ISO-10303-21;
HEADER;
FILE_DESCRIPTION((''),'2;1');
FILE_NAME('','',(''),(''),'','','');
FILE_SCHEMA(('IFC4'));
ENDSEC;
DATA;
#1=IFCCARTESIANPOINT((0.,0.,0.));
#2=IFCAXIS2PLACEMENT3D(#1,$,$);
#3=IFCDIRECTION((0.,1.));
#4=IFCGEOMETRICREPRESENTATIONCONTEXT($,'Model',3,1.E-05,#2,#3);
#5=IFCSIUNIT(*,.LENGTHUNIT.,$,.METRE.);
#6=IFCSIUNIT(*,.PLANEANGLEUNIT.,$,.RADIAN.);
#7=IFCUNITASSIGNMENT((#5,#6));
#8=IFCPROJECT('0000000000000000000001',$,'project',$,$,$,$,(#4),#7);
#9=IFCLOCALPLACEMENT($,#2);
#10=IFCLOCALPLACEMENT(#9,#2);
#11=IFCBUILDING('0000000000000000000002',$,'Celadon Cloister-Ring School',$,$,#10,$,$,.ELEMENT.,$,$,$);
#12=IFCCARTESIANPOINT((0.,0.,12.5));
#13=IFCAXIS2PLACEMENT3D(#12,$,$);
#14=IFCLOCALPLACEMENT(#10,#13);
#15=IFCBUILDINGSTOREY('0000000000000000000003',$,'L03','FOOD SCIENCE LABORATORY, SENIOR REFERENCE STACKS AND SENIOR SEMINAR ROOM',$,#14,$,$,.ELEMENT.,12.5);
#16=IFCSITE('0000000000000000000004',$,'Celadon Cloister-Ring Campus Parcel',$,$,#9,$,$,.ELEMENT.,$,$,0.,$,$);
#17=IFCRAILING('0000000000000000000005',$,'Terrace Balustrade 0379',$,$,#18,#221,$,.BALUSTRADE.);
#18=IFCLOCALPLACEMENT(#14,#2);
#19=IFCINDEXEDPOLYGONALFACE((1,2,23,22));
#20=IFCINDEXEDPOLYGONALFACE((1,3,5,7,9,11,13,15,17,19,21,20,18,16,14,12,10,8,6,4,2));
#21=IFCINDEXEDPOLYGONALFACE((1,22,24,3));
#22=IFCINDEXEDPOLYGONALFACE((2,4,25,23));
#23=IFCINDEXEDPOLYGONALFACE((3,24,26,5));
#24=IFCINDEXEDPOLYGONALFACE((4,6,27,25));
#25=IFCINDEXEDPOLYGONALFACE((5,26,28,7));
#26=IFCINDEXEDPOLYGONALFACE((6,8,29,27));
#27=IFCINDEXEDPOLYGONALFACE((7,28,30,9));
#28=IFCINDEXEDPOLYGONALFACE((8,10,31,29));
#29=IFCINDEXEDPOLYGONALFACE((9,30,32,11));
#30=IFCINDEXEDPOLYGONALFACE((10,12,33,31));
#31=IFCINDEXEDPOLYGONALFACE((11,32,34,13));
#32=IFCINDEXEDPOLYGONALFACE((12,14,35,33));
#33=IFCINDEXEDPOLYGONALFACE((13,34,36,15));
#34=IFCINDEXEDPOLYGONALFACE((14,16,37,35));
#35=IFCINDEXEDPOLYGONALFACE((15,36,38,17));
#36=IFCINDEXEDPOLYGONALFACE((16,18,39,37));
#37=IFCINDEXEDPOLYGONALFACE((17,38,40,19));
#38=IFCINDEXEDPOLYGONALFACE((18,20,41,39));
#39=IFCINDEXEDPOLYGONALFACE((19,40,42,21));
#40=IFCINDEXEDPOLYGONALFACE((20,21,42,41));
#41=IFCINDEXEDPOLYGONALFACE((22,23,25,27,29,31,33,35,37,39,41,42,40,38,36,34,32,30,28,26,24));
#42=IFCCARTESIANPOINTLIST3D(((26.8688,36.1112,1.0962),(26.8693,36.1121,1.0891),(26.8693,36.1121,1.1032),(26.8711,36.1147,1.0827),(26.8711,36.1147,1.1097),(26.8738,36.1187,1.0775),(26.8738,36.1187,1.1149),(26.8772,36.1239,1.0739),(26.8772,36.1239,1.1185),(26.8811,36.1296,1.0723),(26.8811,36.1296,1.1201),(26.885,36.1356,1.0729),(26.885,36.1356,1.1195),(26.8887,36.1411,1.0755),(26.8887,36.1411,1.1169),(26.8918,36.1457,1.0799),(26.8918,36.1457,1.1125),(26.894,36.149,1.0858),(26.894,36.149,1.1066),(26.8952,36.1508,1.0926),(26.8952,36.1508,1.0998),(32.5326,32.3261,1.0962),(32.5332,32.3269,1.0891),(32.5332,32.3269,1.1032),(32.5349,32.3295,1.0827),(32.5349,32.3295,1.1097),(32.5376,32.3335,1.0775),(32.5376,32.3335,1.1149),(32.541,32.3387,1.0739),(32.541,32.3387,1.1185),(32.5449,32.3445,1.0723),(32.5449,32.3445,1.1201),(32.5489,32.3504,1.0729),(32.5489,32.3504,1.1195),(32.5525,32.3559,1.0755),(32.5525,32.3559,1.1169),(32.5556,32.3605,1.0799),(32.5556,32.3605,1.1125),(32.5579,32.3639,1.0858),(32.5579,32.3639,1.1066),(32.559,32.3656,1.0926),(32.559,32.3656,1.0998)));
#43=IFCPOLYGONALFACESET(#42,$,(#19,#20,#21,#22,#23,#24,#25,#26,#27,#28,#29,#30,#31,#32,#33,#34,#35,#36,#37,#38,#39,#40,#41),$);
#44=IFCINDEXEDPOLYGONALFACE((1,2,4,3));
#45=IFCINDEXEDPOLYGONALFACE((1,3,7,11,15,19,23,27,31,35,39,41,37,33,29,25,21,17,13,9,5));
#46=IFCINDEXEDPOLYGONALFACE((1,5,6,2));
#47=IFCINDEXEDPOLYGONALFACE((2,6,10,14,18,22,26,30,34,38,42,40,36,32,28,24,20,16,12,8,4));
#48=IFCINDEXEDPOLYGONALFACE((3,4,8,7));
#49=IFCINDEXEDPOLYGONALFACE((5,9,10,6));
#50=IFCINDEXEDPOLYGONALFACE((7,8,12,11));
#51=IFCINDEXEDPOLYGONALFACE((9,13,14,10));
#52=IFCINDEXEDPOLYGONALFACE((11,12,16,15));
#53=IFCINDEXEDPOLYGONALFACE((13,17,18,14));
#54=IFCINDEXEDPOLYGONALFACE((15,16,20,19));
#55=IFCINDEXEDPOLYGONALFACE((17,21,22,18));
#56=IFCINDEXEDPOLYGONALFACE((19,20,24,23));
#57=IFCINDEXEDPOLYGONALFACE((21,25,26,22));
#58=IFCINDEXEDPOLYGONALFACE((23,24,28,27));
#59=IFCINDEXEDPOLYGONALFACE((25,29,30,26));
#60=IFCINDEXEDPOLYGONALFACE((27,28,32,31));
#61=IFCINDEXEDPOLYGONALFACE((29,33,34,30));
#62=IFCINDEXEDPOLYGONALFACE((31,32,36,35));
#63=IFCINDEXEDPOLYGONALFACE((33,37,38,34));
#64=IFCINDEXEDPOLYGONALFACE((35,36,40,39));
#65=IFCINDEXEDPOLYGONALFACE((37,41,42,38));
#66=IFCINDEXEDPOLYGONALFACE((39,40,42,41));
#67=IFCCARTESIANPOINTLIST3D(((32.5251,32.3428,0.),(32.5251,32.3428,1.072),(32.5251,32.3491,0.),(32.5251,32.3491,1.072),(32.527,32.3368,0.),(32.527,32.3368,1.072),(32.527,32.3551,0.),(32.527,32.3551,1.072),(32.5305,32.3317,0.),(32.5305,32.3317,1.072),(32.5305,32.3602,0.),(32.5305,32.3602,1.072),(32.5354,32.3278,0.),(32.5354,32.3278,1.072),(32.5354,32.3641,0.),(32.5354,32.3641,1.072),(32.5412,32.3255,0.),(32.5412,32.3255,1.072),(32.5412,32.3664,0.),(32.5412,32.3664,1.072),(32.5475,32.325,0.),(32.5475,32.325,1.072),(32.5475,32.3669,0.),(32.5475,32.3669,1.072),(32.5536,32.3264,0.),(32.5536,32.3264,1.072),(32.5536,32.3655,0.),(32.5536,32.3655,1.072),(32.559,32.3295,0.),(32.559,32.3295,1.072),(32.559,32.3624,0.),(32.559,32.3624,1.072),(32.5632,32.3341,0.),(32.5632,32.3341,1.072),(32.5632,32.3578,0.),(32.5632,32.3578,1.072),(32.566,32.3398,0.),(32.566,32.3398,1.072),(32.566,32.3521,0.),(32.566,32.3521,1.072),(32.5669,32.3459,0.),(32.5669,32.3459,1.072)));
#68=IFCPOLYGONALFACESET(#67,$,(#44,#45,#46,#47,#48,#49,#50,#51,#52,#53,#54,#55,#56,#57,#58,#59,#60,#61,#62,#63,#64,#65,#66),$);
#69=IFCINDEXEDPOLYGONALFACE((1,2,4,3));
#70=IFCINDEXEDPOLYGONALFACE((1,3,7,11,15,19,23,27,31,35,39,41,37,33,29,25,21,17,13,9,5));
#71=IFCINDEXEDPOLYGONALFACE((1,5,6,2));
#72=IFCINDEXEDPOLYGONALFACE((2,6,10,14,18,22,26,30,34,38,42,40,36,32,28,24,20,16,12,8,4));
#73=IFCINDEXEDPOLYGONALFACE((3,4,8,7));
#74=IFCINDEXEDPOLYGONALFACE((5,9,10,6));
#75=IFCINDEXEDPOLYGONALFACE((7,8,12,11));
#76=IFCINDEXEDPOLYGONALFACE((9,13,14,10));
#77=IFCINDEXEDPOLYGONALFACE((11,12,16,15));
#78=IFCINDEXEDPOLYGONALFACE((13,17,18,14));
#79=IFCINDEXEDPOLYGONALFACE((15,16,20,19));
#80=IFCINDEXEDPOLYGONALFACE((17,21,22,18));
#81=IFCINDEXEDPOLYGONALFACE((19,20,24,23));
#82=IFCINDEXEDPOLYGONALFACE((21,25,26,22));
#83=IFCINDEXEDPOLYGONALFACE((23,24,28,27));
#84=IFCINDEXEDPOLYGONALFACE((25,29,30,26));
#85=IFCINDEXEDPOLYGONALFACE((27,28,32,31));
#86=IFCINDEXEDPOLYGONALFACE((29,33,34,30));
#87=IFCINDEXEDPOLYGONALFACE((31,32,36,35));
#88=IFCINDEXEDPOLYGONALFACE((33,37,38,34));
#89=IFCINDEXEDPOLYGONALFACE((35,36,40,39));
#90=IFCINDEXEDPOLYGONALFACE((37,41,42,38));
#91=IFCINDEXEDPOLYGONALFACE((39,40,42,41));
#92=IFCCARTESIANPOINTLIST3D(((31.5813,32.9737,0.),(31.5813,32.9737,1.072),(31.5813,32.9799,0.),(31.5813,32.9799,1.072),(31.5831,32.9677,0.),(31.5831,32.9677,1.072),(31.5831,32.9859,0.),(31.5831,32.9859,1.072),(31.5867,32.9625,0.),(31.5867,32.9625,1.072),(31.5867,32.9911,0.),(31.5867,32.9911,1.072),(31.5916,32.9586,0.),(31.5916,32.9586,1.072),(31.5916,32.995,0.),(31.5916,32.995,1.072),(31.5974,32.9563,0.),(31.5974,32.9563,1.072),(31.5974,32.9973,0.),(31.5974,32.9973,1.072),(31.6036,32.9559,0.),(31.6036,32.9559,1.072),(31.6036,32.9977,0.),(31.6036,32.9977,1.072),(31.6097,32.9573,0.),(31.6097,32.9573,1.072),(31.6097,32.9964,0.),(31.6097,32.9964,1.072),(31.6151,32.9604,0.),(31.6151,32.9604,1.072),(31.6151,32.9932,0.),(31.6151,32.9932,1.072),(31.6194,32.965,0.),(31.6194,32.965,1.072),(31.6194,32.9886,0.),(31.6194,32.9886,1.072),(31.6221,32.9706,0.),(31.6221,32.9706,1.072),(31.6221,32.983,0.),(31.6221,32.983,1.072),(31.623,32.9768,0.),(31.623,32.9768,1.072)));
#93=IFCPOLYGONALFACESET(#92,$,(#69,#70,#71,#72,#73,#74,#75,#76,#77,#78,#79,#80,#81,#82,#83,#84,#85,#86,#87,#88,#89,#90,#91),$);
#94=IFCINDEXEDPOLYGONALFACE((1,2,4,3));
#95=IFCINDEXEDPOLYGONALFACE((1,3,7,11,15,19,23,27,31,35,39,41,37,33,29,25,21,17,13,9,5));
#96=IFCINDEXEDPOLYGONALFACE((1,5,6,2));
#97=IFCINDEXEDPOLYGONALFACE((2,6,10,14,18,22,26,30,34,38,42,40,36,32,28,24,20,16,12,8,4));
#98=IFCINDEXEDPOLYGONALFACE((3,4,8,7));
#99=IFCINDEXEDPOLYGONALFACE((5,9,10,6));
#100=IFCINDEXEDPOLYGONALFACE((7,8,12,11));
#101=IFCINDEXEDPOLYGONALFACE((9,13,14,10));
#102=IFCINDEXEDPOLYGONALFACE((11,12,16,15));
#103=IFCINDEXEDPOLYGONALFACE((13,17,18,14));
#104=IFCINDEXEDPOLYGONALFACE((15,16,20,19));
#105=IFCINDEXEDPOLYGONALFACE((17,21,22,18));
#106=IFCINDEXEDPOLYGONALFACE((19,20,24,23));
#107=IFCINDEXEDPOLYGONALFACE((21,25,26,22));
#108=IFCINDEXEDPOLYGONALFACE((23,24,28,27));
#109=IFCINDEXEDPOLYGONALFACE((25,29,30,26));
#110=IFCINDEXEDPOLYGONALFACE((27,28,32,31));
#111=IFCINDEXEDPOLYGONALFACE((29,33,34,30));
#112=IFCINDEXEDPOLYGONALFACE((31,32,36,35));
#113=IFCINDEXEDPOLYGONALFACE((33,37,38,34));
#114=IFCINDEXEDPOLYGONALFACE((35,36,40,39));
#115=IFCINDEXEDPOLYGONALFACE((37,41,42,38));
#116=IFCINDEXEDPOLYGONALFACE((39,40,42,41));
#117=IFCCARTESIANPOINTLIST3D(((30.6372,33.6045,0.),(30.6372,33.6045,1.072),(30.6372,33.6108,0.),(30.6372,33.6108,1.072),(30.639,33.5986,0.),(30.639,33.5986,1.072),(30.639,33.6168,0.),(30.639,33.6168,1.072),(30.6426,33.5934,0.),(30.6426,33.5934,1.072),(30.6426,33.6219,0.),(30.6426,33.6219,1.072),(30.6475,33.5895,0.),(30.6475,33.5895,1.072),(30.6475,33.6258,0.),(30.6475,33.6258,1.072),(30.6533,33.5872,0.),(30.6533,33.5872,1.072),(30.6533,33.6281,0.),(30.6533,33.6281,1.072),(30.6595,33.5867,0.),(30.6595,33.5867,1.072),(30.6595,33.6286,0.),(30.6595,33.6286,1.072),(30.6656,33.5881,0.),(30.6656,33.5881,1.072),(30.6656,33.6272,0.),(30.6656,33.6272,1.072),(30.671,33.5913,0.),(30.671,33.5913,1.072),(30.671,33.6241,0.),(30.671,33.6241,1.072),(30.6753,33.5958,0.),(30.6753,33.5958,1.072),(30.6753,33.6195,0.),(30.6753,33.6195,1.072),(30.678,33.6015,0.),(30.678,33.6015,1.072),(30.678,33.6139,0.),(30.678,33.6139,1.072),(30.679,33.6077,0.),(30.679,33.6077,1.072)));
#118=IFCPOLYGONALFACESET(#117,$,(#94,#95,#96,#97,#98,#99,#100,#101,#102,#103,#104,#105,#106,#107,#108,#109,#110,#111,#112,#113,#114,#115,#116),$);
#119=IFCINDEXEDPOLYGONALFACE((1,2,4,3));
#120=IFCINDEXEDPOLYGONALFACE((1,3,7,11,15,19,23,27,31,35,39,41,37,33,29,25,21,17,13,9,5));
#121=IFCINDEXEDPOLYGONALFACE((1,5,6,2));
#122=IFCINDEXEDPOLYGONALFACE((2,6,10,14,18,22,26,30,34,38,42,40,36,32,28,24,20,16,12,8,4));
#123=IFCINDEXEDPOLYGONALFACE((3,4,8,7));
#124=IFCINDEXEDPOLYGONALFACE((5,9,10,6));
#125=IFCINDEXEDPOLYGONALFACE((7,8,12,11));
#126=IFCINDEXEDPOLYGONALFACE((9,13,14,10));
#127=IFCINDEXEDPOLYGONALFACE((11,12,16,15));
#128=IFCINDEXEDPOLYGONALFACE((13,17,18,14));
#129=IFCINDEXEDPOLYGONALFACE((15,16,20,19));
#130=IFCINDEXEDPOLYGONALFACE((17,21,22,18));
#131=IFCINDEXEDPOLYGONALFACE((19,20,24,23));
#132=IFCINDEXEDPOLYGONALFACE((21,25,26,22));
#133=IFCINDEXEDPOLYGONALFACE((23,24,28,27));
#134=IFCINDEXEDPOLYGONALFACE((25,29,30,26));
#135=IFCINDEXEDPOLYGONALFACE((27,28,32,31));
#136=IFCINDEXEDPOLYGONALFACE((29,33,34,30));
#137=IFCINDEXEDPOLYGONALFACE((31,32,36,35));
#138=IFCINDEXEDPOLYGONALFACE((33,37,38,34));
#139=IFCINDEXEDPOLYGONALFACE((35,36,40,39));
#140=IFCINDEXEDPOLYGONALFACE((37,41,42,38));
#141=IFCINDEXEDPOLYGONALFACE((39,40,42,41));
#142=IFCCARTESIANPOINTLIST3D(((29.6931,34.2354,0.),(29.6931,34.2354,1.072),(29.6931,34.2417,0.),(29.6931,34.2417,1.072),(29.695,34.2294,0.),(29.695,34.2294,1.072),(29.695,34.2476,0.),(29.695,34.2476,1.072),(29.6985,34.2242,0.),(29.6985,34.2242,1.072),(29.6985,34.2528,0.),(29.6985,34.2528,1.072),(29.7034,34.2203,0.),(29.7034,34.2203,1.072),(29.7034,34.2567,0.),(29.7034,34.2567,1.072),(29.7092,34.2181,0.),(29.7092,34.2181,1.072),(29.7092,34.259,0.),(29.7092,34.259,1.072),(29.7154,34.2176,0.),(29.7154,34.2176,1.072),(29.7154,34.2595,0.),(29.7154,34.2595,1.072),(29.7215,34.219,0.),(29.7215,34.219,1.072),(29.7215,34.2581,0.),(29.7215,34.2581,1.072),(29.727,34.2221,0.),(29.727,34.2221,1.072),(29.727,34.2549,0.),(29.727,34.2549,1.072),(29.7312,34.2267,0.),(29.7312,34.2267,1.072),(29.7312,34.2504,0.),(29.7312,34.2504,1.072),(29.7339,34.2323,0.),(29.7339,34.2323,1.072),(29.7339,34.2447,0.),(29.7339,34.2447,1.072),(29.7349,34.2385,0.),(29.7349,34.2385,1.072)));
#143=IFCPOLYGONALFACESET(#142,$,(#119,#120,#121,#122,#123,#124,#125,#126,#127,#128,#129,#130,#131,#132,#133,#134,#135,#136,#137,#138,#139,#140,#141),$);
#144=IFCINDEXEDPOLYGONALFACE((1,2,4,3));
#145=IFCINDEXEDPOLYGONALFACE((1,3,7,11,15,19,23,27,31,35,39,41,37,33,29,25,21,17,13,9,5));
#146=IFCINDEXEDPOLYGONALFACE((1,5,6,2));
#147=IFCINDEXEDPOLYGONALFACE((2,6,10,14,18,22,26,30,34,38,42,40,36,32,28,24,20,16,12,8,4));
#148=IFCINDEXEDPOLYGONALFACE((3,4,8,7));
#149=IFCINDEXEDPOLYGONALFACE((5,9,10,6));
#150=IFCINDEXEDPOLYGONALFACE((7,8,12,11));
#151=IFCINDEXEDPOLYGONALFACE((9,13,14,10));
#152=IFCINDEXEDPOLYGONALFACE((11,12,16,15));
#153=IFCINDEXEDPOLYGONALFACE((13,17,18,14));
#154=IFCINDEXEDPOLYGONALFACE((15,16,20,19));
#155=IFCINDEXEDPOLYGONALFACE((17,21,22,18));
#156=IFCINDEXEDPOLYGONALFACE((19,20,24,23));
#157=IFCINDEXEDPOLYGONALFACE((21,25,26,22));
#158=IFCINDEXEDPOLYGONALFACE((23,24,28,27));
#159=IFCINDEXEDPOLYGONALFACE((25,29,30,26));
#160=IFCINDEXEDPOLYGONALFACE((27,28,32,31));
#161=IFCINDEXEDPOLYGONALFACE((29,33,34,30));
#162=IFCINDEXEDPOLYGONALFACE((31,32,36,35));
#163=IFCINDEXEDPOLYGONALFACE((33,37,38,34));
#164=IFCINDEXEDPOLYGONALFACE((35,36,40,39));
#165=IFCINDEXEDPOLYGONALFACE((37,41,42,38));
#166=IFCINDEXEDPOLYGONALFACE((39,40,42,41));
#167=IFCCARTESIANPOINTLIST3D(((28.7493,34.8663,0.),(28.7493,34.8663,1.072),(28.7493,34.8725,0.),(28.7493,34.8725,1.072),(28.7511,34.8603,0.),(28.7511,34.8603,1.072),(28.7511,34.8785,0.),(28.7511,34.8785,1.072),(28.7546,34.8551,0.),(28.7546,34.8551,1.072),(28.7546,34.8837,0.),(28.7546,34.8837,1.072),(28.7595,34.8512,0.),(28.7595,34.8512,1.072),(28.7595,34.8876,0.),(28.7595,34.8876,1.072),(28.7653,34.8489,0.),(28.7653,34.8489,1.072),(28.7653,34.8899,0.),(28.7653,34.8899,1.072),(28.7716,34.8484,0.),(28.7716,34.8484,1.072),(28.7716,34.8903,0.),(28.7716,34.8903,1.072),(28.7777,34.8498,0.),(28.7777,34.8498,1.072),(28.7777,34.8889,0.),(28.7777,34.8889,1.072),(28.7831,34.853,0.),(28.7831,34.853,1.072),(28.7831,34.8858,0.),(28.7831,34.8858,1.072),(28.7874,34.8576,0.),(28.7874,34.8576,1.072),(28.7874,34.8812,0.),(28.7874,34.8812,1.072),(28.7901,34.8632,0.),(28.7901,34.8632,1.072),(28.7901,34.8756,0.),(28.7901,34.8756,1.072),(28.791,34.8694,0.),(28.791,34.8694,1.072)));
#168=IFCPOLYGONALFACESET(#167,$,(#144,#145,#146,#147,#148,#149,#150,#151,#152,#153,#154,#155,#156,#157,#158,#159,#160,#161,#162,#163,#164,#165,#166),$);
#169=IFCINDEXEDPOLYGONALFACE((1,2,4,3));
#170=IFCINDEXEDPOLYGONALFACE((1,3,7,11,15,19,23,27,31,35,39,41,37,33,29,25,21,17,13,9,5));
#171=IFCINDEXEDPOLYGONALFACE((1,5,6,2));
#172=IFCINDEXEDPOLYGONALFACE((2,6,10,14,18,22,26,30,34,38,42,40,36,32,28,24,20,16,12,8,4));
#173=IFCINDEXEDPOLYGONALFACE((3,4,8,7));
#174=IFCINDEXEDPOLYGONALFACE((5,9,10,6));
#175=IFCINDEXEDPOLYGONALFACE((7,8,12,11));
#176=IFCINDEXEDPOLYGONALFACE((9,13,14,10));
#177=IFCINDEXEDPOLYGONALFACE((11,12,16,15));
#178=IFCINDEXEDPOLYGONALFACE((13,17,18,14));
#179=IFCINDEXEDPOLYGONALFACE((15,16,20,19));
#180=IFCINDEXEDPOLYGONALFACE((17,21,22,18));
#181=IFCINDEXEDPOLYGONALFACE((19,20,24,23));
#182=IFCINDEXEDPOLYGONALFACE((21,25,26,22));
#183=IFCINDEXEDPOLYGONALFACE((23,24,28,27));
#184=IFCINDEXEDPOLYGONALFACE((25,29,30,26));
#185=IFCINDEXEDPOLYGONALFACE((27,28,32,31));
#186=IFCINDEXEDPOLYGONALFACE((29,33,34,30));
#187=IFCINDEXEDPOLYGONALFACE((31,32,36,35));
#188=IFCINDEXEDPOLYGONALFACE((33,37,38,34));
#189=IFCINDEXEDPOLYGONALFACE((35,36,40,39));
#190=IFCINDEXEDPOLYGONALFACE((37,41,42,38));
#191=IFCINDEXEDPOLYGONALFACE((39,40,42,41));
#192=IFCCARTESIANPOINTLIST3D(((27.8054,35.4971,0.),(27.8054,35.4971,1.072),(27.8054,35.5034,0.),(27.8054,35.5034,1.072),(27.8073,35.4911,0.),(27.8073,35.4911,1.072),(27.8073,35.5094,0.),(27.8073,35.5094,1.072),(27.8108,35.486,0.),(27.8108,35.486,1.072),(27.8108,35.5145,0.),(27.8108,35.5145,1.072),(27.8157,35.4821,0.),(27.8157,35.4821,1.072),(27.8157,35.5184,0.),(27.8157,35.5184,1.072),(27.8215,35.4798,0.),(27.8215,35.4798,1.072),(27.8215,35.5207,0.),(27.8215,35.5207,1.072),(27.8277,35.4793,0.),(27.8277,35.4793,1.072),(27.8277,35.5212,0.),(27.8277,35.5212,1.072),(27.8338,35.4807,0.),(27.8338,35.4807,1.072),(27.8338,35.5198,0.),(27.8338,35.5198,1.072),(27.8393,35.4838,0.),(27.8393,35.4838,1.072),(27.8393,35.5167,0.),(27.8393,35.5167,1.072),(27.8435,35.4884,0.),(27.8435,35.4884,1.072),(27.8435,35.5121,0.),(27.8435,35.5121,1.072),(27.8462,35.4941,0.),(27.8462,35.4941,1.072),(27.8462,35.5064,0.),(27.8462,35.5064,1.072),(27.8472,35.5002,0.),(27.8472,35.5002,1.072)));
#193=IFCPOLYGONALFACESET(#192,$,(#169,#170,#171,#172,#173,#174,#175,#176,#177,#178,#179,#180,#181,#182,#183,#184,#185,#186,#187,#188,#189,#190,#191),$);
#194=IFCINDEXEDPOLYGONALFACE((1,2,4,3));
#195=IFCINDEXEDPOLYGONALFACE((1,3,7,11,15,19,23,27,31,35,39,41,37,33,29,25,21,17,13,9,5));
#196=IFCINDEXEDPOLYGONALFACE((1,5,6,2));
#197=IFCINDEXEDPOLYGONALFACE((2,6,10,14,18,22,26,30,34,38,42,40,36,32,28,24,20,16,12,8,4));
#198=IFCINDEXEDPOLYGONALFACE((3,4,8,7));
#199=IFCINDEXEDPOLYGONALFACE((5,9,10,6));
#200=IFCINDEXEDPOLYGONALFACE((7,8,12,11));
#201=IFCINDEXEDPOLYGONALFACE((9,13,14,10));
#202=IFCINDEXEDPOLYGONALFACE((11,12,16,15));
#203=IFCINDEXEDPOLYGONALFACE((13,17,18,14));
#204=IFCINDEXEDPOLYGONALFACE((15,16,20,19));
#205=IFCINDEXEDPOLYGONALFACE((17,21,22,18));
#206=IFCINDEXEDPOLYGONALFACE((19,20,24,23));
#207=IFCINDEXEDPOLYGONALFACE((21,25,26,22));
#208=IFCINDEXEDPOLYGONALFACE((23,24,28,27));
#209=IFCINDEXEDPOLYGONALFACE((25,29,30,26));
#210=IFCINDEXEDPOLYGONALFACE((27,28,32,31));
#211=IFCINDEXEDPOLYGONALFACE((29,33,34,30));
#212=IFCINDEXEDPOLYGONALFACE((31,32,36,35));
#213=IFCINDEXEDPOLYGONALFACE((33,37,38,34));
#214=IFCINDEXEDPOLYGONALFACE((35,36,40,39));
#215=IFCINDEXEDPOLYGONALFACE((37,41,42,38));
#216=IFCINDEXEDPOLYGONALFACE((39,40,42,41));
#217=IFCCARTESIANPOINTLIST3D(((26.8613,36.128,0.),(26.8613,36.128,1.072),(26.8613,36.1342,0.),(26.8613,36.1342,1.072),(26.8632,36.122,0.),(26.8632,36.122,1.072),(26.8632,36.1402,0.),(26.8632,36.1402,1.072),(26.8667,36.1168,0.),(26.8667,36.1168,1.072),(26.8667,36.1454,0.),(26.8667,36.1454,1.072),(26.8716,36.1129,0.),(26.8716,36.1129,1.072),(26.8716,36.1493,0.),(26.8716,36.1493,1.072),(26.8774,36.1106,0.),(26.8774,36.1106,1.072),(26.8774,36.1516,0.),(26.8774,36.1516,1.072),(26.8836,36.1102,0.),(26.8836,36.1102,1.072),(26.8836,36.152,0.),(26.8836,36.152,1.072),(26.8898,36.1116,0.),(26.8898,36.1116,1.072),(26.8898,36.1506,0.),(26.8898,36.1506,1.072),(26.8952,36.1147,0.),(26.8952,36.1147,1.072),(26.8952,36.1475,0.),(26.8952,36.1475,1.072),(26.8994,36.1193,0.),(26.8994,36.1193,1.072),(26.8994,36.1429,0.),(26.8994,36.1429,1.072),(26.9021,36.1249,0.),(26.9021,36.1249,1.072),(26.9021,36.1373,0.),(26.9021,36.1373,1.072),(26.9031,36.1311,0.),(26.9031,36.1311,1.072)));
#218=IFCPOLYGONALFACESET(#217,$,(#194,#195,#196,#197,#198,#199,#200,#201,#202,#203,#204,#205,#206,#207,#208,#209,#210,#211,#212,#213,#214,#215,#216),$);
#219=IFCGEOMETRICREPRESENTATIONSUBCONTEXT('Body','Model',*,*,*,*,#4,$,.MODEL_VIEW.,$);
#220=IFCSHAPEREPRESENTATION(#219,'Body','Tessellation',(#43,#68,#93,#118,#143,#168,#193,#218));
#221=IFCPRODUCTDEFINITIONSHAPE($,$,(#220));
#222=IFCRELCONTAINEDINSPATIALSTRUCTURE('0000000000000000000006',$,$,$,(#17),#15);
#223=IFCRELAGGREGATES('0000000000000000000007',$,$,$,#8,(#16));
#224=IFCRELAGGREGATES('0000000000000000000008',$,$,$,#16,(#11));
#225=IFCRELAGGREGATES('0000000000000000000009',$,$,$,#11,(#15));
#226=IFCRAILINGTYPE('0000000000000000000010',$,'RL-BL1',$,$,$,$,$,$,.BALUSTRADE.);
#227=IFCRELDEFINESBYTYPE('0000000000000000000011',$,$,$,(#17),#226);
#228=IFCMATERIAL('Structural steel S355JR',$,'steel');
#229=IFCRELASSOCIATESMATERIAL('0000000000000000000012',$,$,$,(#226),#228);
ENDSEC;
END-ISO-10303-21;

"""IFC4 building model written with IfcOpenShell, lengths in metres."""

from ifc_helpers import new_model, si_unit, direction, frame, origin, origin_2d, place, context, subcontext, project, spatial, circle, extrude, material, type_object, element, save


model = new_model("IFC4")

# Units and contexts
model_context = context("Model", 3, precision=1e-05, world=origin(), true_north=direction((0.0, 1.0)))
body_context = subcontext(model_context, "Body", "Model", "MODEL_VIEW")
ifc_project = project(units=[si_unit("LENGTHUNIT", "METRE"), si_unit("PLANEANGLEUNIT", "RADIAN")], contexts=[model_context])

# Site, building, storey
site_placement = place(None, origin())
site = spatial("IfcSite", under=ifc_project, at=site_placement, Name="Celadon Cloister-Ring Campus Parcel", CompositionType="ELEMENT", RefElevation=0.0)
building_placement = place(site_placement, origin())
building = spatial("IfcBuilding", under=site, at=building_placement, Name="Celadon Cloister-Ring School", CompositionType="ELEMENT")
storey_placement = place(building_placement, frame((0.0, 0.0, 12.5)))
storey = spatial("IfcBuildingStorey", under=building, at=storey_placement, Name="L03", Description="FOOD SCIENCE LABORATORY, SENIOR REFERENCE STACKS AND SENIOR SEMINAR ROOM", CompositionType="ELEMENT", Elevation=12.5)

# Railing
ifc_material_1 = material(Name="Structural steel S355JR", Category="steel")
railing_type = type_object("IfcRailingType", Name="RL-BL1", PredefinedType="BALUSTRADE", material=ifc_material_1)
railing_1_placement = place(storey_placement, frame((32.5459, 32.3459, 0.0)))
element("IfcRailing", 1, at=railing_1_placement, inside=storey, type_object=railing_type, Name="Terrace Balustrade 0379", PredefinedType="BALUSTRADE", context=body_context, shape_type="SweptSolid", body=[
    extrude(circle(Radius=0.0239, at=origin_2d()), frame((0.0, 0.0, 1.0962), z_axis=(-0.831421, 0.555643, 0.0), x_axis=(-0.555643, -0.831421, 0.0)), (0.0, 0.0, 1.0), 6.8123),
    extrude(circle(Radius=0.021, at=origin_2d()), origin(), (0.0, 0.0, 1.0), 1.072),
    extrude(circle(Radius=0.021, at=origin_2d()), frame((-0.9438, 0.6309, 0.0)), (0.0, 0.0, 1.0), 1.072),
    extrude(circle(Radius=0.021, at=origin_2d()), frame((-1.8879, 1.2617, 0.0)), (0.0, 0.0, 1.0), 1.072),
    extrude(circle(Radius=0.021, at=origin_2d()), frame((-2.832, 1.8926, 0.0)), (0.0, 0.0, 1.0), 1.072),
    extrude(circle(Radius=0.021, at=origin_2d()), frame((-3.7759, 2.5234, 0.0)), (0.0, 0.0, 1.0), 1.072),
    extrude(circle(Radius=0.021, at=origin_2d()), frame((-4.7197, 3.1543, 0.0)), (0.0, 0.0, 1.0), 1.072),
    extrude(circle(Radius=0.021, at=origin_2d()), frame((-5.6638, 3.7852, 0.0)), (0.0, 0.0, 1.0), 1.072),
])

save(model, "model.ifc")
